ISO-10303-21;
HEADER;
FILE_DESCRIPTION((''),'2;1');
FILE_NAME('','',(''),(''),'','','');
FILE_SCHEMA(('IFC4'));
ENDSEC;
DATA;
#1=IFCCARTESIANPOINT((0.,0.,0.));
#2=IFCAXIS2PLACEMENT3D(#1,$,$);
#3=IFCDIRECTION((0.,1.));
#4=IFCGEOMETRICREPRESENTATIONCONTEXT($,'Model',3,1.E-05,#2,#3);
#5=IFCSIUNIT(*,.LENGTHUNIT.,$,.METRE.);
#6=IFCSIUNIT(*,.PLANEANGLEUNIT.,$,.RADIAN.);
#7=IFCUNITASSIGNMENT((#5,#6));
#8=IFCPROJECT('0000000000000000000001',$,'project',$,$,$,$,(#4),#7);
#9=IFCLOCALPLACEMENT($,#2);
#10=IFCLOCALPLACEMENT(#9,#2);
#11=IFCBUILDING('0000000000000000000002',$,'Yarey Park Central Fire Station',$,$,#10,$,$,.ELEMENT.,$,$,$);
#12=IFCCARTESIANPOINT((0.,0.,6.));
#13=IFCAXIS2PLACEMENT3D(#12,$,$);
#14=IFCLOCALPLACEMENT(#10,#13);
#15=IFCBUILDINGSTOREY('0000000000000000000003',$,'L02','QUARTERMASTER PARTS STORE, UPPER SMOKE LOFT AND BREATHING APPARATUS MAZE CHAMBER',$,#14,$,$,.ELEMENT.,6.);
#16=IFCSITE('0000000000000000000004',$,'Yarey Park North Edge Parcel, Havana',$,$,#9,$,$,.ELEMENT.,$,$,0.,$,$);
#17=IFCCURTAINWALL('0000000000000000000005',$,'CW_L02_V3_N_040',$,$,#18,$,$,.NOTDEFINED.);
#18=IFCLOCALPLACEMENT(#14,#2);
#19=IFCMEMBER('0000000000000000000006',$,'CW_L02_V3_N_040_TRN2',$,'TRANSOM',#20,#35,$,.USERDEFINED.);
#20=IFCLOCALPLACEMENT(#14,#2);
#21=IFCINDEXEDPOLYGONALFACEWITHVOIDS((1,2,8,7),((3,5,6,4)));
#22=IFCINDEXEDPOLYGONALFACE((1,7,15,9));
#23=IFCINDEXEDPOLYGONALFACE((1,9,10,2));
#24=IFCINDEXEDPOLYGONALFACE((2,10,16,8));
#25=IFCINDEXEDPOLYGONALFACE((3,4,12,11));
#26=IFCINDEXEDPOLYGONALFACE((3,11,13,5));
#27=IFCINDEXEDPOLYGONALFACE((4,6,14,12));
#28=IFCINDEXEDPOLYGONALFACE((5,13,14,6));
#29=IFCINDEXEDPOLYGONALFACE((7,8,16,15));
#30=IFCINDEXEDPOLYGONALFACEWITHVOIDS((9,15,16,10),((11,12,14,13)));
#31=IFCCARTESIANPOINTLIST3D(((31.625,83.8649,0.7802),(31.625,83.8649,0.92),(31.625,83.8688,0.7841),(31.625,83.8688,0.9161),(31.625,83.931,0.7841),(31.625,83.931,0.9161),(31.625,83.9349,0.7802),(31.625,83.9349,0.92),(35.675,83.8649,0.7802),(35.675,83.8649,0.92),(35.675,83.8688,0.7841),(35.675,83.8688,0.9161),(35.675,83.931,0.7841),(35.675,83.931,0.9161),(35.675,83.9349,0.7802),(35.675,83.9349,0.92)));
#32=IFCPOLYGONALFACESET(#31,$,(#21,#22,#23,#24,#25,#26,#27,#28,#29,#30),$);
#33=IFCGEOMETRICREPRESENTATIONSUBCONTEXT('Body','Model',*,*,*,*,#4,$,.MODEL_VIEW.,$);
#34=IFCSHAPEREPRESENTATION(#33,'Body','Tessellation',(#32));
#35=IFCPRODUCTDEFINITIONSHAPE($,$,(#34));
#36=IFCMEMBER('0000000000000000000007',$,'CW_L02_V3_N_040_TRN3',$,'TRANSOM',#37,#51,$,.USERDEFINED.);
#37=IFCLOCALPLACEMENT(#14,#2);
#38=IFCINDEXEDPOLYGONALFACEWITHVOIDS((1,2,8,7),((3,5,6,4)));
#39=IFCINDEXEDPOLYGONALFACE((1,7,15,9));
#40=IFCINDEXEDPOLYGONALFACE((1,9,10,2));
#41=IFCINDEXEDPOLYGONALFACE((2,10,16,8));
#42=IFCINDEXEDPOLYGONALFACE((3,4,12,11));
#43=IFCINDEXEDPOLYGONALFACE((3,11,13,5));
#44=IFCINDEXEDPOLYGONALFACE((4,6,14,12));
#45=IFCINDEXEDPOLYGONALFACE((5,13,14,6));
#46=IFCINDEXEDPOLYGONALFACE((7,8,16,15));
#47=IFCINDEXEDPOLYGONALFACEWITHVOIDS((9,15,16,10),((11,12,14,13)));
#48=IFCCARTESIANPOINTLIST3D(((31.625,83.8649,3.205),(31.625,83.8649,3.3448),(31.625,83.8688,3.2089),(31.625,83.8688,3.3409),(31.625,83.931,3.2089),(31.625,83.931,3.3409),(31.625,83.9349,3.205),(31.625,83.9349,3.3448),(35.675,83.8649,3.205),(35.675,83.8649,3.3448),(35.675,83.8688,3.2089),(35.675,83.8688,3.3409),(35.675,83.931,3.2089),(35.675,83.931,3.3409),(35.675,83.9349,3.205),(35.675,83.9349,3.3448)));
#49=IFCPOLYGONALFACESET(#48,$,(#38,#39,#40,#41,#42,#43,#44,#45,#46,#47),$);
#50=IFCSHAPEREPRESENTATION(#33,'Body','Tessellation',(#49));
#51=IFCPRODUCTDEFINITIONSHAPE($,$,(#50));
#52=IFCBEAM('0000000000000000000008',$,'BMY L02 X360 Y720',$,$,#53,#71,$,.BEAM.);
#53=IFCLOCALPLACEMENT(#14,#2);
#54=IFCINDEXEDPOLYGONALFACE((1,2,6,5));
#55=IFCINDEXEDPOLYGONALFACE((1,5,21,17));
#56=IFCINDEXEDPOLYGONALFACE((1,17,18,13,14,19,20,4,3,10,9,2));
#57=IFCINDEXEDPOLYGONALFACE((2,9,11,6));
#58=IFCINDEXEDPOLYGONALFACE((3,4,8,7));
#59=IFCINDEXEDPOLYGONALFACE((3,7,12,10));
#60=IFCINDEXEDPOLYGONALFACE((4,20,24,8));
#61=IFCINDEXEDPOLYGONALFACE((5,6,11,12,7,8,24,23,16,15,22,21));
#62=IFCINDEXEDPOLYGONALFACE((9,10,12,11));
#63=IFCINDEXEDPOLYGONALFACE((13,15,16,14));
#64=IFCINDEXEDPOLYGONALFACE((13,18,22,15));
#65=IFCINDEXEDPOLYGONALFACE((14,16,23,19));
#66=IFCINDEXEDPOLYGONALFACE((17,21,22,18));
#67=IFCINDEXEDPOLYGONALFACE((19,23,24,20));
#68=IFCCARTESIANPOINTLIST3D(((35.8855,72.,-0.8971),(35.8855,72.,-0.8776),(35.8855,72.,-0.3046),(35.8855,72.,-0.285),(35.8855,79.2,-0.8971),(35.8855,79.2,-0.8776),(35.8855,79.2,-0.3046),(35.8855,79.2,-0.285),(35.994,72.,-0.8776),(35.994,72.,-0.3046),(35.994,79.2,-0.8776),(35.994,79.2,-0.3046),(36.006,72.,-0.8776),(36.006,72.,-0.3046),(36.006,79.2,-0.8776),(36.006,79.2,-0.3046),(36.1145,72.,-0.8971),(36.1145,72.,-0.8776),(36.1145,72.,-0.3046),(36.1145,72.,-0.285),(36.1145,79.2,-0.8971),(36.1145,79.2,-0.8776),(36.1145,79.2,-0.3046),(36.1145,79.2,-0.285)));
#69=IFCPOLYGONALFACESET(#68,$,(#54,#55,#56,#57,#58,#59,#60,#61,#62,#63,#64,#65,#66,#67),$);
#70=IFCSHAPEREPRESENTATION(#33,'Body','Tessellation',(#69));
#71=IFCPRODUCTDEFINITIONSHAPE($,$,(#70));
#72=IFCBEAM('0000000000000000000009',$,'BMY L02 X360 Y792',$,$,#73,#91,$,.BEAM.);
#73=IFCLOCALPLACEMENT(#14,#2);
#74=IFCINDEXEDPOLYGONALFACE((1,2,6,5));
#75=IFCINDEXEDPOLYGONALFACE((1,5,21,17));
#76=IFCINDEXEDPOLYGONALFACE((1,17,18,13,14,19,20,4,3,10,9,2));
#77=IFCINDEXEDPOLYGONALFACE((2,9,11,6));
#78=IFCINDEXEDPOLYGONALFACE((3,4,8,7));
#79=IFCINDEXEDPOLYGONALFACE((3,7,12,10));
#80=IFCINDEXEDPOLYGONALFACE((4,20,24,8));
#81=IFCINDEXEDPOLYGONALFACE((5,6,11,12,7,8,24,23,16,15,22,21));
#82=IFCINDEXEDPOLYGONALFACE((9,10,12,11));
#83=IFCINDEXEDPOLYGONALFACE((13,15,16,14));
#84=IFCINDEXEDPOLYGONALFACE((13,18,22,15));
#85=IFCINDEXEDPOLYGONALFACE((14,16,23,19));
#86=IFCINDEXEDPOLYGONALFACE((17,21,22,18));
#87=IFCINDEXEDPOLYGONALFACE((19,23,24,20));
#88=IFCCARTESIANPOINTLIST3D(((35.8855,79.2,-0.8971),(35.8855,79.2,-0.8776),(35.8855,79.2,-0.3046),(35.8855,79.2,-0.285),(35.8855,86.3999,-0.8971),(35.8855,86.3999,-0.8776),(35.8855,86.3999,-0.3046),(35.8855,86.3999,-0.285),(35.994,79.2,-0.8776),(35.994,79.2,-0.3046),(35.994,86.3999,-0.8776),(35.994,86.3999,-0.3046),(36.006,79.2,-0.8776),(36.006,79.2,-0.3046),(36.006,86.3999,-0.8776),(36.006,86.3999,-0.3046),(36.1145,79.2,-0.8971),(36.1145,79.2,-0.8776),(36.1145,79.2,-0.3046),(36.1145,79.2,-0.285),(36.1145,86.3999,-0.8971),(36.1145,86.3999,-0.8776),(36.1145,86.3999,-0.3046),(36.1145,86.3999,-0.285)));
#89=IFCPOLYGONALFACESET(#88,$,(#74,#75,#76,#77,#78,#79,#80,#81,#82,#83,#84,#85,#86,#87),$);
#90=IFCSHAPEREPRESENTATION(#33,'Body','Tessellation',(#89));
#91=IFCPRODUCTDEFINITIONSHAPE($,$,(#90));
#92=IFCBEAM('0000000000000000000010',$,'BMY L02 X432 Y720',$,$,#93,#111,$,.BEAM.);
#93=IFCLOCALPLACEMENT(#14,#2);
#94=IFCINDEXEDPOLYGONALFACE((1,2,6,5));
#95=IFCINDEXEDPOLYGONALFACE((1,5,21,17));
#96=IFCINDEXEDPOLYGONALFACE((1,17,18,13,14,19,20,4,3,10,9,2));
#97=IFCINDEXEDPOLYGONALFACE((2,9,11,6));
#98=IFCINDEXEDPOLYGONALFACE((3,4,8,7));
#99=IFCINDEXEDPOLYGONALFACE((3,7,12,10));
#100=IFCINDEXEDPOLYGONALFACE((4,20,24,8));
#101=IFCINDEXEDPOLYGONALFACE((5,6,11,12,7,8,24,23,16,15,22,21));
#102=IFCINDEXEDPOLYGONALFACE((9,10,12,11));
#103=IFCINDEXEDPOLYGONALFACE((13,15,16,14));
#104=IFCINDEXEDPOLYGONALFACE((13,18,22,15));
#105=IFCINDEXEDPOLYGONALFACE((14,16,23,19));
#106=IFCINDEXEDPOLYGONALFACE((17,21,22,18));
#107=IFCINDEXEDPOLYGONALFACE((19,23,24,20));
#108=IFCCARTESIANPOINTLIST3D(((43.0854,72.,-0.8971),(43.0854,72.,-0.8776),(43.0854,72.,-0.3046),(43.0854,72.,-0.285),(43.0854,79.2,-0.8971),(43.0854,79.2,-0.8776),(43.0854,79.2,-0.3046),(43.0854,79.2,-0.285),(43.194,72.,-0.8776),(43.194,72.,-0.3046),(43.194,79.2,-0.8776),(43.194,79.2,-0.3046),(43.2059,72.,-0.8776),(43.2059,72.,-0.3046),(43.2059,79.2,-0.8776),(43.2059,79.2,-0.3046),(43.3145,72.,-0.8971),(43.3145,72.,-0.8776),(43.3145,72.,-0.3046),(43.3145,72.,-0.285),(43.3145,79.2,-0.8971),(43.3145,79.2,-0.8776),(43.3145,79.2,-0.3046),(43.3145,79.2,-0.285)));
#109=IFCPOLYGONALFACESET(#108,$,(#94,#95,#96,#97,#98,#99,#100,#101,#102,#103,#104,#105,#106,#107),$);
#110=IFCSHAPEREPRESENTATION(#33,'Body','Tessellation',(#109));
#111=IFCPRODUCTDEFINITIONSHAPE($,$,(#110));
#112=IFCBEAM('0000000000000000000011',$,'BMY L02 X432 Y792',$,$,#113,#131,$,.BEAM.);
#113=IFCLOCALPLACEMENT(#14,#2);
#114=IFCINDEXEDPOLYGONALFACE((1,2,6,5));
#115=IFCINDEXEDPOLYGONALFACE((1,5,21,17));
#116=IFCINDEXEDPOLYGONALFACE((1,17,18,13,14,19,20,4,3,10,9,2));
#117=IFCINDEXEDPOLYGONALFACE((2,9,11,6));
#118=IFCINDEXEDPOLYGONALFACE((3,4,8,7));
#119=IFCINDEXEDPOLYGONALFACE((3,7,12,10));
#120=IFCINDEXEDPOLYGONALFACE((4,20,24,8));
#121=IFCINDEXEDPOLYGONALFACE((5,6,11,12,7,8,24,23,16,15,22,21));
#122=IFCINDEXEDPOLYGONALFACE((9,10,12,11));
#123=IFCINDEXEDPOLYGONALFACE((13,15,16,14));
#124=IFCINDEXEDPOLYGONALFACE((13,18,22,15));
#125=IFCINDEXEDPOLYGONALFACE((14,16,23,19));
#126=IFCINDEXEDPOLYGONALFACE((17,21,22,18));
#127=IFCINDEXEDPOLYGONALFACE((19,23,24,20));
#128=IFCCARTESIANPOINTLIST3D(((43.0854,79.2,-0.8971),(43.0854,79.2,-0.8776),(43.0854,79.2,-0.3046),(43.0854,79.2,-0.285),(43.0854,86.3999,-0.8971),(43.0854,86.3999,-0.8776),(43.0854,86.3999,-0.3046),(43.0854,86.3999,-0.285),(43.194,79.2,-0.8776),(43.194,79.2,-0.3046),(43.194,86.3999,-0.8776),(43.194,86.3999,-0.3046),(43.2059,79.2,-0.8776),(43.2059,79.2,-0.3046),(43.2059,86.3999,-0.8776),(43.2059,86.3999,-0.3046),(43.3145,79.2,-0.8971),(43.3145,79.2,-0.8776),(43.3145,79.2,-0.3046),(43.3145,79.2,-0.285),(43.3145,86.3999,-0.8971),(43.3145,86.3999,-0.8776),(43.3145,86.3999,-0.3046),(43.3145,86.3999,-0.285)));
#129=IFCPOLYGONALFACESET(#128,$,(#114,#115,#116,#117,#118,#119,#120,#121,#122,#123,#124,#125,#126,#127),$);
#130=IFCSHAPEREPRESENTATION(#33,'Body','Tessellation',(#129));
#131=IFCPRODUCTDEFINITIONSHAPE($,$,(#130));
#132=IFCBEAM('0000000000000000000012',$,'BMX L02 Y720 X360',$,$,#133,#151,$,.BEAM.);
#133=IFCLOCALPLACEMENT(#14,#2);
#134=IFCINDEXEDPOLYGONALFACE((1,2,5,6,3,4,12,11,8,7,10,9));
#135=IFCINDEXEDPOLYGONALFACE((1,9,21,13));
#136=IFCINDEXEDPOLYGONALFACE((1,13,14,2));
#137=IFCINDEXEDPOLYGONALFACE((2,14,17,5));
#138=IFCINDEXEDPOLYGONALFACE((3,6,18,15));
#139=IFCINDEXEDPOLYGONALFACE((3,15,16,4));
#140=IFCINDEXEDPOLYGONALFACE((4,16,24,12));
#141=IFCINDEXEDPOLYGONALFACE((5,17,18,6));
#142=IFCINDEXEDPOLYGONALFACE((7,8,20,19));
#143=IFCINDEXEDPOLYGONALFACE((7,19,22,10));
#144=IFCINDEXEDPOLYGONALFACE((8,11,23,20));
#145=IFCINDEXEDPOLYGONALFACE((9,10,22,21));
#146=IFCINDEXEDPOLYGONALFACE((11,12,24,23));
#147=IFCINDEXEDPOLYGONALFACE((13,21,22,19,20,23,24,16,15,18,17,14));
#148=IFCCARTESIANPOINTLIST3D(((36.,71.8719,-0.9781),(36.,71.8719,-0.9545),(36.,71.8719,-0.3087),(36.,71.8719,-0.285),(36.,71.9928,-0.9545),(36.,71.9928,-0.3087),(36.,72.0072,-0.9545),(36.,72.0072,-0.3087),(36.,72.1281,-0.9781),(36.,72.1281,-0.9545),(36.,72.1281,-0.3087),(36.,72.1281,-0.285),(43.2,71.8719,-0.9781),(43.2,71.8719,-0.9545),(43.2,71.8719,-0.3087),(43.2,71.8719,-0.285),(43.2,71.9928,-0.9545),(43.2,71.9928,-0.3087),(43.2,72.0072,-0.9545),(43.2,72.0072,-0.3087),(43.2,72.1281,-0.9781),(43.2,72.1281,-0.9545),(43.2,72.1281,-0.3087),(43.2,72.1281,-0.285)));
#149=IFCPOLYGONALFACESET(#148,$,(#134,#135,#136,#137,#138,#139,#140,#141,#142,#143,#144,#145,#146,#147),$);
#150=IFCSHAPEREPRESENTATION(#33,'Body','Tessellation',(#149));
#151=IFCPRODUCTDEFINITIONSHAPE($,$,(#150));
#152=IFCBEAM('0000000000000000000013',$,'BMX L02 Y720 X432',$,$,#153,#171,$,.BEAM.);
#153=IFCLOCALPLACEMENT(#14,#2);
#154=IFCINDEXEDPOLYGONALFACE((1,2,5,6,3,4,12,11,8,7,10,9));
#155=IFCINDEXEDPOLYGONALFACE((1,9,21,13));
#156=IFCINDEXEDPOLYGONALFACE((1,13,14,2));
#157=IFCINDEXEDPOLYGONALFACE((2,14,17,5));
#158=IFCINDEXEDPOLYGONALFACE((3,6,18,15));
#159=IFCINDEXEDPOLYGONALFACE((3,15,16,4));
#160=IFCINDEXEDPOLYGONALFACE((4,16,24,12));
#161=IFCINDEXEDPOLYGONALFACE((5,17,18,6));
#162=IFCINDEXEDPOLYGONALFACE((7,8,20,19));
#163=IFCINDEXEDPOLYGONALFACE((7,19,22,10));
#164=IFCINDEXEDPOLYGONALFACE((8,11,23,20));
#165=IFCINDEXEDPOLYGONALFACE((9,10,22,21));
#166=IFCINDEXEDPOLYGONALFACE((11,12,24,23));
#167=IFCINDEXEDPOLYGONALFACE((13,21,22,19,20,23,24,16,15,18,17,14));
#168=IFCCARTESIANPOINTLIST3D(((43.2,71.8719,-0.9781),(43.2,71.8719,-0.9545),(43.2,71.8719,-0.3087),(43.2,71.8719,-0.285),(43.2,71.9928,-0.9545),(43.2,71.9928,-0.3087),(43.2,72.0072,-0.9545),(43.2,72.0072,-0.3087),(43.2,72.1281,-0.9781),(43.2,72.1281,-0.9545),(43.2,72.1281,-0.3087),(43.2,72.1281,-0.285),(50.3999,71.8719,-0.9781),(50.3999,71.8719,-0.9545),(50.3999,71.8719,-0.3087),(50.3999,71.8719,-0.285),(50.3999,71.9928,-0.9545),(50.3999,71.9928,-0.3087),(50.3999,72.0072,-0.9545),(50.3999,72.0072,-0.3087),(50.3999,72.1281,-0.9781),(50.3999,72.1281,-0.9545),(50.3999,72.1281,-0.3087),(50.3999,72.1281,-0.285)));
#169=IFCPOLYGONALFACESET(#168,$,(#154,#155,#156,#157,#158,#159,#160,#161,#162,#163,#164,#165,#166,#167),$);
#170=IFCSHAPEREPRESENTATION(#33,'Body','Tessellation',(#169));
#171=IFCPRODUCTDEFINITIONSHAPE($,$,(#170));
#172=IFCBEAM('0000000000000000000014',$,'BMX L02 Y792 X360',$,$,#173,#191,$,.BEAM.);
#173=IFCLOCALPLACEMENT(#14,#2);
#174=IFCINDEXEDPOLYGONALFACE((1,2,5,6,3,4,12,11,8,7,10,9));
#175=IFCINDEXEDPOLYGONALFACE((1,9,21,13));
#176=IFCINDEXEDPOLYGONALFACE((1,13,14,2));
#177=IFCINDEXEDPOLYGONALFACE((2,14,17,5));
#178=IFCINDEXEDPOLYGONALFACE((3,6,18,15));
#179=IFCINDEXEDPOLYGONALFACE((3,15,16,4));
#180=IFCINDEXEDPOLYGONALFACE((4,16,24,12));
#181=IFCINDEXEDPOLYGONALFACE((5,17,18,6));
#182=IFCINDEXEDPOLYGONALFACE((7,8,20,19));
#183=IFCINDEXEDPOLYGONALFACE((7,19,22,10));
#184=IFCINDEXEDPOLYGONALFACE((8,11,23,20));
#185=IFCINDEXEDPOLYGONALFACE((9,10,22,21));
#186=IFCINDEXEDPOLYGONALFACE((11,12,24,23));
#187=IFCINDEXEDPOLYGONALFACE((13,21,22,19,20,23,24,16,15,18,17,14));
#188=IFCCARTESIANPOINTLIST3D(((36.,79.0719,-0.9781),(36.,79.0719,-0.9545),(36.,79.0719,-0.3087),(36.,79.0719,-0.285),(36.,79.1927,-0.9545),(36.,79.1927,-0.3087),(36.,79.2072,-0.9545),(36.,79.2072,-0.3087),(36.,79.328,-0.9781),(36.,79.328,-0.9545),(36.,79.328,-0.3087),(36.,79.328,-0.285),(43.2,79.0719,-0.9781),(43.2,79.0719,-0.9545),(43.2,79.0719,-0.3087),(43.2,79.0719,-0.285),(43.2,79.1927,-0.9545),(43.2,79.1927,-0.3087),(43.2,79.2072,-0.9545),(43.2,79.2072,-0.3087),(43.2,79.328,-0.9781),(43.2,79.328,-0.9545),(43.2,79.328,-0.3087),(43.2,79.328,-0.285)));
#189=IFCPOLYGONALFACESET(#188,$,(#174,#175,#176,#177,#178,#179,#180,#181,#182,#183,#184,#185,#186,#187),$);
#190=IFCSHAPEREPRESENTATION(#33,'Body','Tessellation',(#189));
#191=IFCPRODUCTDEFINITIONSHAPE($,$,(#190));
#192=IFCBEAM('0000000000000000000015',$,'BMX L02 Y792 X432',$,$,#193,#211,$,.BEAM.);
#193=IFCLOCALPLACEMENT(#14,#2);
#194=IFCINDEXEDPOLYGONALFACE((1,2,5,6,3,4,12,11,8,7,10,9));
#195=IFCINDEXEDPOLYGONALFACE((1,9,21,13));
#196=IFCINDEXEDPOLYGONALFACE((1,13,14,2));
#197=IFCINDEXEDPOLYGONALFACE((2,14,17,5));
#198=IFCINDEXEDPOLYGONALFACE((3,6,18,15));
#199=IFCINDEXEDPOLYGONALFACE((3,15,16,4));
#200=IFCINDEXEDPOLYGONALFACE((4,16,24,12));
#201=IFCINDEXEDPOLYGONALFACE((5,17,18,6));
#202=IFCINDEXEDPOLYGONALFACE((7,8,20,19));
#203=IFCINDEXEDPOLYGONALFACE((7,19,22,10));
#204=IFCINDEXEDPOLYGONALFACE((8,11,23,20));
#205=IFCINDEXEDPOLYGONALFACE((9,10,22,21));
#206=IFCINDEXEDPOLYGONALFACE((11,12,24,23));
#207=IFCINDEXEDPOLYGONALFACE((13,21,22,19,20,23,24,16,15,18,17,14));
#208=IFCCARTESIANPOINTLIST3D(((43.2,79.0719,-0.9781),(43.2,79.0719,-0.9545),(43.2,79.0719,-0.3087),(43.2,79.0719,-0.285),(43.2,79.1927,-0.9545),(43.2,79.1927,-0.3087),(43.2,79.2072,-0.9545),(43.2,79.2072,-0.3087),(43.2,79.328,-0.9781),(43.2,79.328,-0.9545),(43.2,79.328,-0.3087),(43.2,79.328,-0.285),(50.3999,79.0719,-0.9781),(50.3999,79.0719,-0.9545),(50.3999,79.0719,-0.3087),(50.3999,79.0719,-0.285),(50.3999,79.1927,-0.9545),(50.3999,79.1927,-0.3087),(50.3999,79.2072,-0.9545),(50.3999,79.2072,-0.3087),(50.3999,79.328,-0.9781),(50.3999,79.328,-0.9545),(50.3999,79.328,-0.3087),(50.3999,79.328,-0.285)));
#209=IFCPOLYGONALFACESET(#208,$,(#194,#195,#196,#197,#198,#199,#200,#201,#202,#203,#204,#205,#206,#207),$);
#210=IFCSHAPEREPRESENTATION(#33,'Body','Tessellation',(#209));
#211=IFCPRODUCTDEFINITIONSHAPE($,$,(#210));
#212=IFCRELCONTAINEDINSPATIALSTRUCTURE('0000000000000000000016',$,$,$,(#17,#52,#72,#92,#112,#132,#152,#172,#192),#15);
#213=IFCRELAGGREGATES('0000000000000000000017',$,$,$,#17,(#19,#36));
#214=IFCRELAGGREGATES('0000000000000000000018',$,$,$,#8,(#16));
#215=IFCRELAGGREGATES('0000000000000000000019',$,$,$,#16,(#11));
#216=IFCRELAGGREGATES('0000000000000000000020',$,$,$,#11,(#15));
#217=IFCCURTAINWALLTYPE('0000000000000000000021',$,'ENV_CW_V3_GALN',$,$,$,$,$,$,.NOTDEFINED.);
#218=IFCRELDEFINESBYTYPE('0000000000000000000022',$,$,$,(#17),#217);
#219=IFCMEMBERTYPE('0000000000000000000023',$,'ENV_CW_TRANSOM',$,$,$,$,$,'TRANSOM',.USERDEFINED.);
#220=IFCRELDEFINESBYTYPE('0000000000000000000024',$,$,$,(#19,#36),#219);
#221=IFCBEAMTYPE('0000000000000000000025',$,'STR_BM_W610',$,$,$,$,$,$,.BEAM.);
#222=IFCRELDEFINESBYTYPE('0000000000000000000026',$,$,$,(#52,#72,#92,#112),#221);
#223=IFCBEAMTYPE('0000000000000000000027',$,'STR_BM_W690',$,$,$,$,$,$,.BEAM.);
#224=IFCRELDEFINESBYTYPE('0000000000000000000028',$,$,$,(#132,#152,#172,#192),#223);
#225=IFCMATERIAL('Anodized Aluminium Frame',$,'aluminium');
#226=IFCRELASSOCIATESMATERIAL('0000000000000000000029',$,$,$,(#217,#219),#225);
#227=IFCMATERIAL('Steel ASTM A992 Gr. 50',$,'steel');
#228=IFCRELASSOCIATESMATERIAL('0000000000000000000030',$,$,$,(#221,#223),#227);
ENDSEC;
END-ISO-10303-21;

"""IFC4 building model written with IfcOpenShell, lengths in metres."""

from ifc_helpers import new_model, si_unit, direction, frame, origin, origin_2d, place, context, subcontext, project, spatial, hollow_rectangle, i_section, extrude, material, material_profile, profile_set, type_object, element, aggregate, save


model = new_model("IFC4")

# Units and contexts
model_context = context("Model", 3, precision=1e-05, world=origin(), true_north=direction((0.0, 1.0)))
body_context = subcontext(model_context, "Body", "Model", "MODEL_VIEW")
ifc_project = project(units=[si_unit("LENGTHUNIT", "METRE"), si_unit("PLANEANGLEUNIT", "RADIAN")], contexts=[model_context])

# Site, building, storey
site_placement = place(None, origin())
site = spatial("IfcSite", under=ifc_project, at=site_placement, Name="Yarey Park North Edge Parcel, Havana", CompositionType="ELEMENT", RefElevation=0.0)
building_placement = place(site_placement, origin())
building = spatial("IfcBuilding", under=site, at=building_placement, Name="Yarey Park Central Fire Station", CompositionType="ELEMENT")
storey_placement = place(building_placement, frame((0.0, 0.0, 6.0)))
storey = spatial("IfcBuildingStorey", under=building, at=storey_placement, Name="L02", Description="QUARTERMASTER PARTS STORE, UPPER SMOKE LOFT AND BREATHING APPARATUS MAZE CHAMBER", CompositionType="ELEMENT", Elevation=6.0)

# Shared definitions
ifc_material_1 = material(Name="Steel ASTM A992 Gr. 50", Category="steel")

# Curtain wall
ifc_material_2 = material(Name="Anodized Aluminium Frame", Category="aluminium")
curtain_wall_type = type_object("IfcCurtainWallType", Name="ENV_CW_V3_GALN", PredefinedType="NOTDEFINED", material=ifc_material_2)
curtain_wall_1_placement = place(storey_placement, origin())
curtain_wall_1 = element("IfcCurtainWall", 1, at=curtain_wall_1_placement, inside=storey, type_object=curtain_wall_type, Name="CW_L02_V3_N_040", PredefinedType="NOTDEFINED")

# Members
ifc_material_profile_1 = material_profile(ifc_material_2, hollow_rectangle(XDim=0.0701, YDim=0.1399, WallThickness=0.0039, at=origin_2d()), Name="ALU 140x70x4")
ifc_profile_set_1 = profile_set([ifc_material_profile_1], Name="Anodized Aluminium Frame")
member_type_1 = type_object("IfcMemberType", Name="ENV_CW_TRANSOM", ElementType="TRANSOM", PredefinedType="USERDEFINED", material=ifc_profile_set_1)
member_1_placement = place(storey_placement, frame((35.675, 83.8999, 0.8501), z_axis=(-1.0, 0.0, 0.0), x_axis=(0.0, -1.0, 0.0)))
member_1 = element("IfcMember", 2, at=member_1_placement, type_object=member_type_1, Name="CW_L02_V3_N_040_TRN2", ObjectType="TRANSOM", PredefinedType="USERDEFINED", context=body_context, shape_type="SweptSolid", body=[
    extrude(hollow_rectangle(XDim=0.0701, YDim=0.1399, WallThickness=0.0039, at=origin_2d()), origin(), (0.0, 0.0, 1.0), 4.05),
])
member_2_placement = place(storey_placement, frame((35.675, 83.8999, 3.2749), z_axis=(-1.0, 0.0, 0.0), x_axis=(0.0, -1.0, 0.0)))
member_2 = element("IfcMember", 3, at=member_2_placement, type_object=member_type_1, Name="CW_L02_V3_N_040_TRN3", ObjectType="TRANSOM", PredefinedType="USERDEFINED", context=body_context, shape_type="SweptSolid", body=[
    extrude(hollow_rectangle(XDim=0.0701, YDim=0.1399, WallThickness=0.0039, at=origin_2d()), origin(), (0.0, 0.0, 1.0), 4.05),
])

# Beams
ifc_material_profile_2 = material_profile(ifc_material_1, i_section(OverallWidth=0.229, OverallDepth=0.6121, WebThickness=0.012, FlangeThickness=0.0195, at=origin_2d()), Name="W610x125")
ifc_profile_set_2 = profile_set([ifc_material_profile_2], Name="Steel ASTM A992 Gr. 50")
beam_type_1 = type_object("IfcBeamType", Name="STR_BM_W610", PredefinedType="BEAM", material=ifc_profile_set_2)
for number, where, z_axis, x_axis, name in (
    (4, (36.0, 72.0, -0.5911), (0.0, 1.0, 0.0), (-1.0, 0.0, 0.0), "BMY L02 X360 Y720"),
    (5, (36.0, 79.2, -0.5911), (0.0, 1.0, 0.0), (-1.0, 0.0, 0.0), "BMY L02 X360 Y792"),
    (6, (43.2, 72.0, -0.5911), (0.0, 1.0, 0.0), (-1.0, 0.0, 0.0), "BMY L02 X432 Y720"),
    (7, (43.2, 79.2, -0.5911), (0.0, 1.0, 0.0), (-1.0, 0.0, 0.0), "BMY L02 X432 Y792"),
):
    element("IfcBeam", number, at=place(storey_placement, frame(where, z_axis=z_axis, x_axis=x_axis)), inside=storey, type_object=beam_type_1, Name=name, PredefinedType="BEAM", context=body_context, shape_type="SweptSolid", body=[
        extrude(i_section(OverallWidth=0.229, OverallDepth=0.6121, WebThickness=0.012, FlangeThickness=0.0195, at=origin_2d()), origin(), (0.0, 0.0, 1.0), 7.2),
    ])
ifc_material_profile_3 = material_profile(ifc_material_1, i_section(OverallWidth=0.2561, OverallDepth=0.6931, WebThickness=0.0144, FlangeThickness=0.0237, at=origin_2d()), Name="W690x170")
ifc_profile_set_3 = profile_set([ifc_material_profile_3], Name="Steel ASTM A992 Gr. 50")
beam_type_2 = type_object("IfcBeamType", Name="STR_BM_W690", PredefinedType="BEAM", material=ifc_profile_set_3)
for number, where, z_axis, x_axis, name in (
    (8, (36.0, 72.0, -0.6316), (1.0, 0.0, 0.0), (0.0, 1.0, 0.0), "BMX L02 Y720 X360"),
    (9, (43.2, 72.0, -0.6316), (1.0, 0.0, 0.0), (0.0, 1.0, 0.0), "BMX L02 Y720 X432"),
    (10, (36.0, 79.2, -0.6316), (1.0, 0.0, 0.0), (0.0, 1.0, 0.0), "BMX L02 Y792 X360"),
    (11, (43.2, 79.2, -0.6316), (1.0, 0.0, 0.0), (0.0, 1.0, 0.0), "BMX L02 Y792 X432"),
):
    element("IfcBeam", number, at=place(storey_placement, frame(where, z_axis=z_axis, x_axis=x_axis)), inside=storey, type_object=beam_type_2, Name=name, PredefinedType="BEAM", context=body_context, shape_type="SweptSolid", body=[
        extrude(i_section(OverallWidth=0.2561, OverallDepth=0.6931, WebThickness=0.0144, FlangeThickness=0.0237, at=origin_2d()), origin(), (0.0, 0.0, 1.0), 7.2),
    ])

aggregate(curtain_wall_1, [member_1, member_2])

save(model, "model.ifc")
